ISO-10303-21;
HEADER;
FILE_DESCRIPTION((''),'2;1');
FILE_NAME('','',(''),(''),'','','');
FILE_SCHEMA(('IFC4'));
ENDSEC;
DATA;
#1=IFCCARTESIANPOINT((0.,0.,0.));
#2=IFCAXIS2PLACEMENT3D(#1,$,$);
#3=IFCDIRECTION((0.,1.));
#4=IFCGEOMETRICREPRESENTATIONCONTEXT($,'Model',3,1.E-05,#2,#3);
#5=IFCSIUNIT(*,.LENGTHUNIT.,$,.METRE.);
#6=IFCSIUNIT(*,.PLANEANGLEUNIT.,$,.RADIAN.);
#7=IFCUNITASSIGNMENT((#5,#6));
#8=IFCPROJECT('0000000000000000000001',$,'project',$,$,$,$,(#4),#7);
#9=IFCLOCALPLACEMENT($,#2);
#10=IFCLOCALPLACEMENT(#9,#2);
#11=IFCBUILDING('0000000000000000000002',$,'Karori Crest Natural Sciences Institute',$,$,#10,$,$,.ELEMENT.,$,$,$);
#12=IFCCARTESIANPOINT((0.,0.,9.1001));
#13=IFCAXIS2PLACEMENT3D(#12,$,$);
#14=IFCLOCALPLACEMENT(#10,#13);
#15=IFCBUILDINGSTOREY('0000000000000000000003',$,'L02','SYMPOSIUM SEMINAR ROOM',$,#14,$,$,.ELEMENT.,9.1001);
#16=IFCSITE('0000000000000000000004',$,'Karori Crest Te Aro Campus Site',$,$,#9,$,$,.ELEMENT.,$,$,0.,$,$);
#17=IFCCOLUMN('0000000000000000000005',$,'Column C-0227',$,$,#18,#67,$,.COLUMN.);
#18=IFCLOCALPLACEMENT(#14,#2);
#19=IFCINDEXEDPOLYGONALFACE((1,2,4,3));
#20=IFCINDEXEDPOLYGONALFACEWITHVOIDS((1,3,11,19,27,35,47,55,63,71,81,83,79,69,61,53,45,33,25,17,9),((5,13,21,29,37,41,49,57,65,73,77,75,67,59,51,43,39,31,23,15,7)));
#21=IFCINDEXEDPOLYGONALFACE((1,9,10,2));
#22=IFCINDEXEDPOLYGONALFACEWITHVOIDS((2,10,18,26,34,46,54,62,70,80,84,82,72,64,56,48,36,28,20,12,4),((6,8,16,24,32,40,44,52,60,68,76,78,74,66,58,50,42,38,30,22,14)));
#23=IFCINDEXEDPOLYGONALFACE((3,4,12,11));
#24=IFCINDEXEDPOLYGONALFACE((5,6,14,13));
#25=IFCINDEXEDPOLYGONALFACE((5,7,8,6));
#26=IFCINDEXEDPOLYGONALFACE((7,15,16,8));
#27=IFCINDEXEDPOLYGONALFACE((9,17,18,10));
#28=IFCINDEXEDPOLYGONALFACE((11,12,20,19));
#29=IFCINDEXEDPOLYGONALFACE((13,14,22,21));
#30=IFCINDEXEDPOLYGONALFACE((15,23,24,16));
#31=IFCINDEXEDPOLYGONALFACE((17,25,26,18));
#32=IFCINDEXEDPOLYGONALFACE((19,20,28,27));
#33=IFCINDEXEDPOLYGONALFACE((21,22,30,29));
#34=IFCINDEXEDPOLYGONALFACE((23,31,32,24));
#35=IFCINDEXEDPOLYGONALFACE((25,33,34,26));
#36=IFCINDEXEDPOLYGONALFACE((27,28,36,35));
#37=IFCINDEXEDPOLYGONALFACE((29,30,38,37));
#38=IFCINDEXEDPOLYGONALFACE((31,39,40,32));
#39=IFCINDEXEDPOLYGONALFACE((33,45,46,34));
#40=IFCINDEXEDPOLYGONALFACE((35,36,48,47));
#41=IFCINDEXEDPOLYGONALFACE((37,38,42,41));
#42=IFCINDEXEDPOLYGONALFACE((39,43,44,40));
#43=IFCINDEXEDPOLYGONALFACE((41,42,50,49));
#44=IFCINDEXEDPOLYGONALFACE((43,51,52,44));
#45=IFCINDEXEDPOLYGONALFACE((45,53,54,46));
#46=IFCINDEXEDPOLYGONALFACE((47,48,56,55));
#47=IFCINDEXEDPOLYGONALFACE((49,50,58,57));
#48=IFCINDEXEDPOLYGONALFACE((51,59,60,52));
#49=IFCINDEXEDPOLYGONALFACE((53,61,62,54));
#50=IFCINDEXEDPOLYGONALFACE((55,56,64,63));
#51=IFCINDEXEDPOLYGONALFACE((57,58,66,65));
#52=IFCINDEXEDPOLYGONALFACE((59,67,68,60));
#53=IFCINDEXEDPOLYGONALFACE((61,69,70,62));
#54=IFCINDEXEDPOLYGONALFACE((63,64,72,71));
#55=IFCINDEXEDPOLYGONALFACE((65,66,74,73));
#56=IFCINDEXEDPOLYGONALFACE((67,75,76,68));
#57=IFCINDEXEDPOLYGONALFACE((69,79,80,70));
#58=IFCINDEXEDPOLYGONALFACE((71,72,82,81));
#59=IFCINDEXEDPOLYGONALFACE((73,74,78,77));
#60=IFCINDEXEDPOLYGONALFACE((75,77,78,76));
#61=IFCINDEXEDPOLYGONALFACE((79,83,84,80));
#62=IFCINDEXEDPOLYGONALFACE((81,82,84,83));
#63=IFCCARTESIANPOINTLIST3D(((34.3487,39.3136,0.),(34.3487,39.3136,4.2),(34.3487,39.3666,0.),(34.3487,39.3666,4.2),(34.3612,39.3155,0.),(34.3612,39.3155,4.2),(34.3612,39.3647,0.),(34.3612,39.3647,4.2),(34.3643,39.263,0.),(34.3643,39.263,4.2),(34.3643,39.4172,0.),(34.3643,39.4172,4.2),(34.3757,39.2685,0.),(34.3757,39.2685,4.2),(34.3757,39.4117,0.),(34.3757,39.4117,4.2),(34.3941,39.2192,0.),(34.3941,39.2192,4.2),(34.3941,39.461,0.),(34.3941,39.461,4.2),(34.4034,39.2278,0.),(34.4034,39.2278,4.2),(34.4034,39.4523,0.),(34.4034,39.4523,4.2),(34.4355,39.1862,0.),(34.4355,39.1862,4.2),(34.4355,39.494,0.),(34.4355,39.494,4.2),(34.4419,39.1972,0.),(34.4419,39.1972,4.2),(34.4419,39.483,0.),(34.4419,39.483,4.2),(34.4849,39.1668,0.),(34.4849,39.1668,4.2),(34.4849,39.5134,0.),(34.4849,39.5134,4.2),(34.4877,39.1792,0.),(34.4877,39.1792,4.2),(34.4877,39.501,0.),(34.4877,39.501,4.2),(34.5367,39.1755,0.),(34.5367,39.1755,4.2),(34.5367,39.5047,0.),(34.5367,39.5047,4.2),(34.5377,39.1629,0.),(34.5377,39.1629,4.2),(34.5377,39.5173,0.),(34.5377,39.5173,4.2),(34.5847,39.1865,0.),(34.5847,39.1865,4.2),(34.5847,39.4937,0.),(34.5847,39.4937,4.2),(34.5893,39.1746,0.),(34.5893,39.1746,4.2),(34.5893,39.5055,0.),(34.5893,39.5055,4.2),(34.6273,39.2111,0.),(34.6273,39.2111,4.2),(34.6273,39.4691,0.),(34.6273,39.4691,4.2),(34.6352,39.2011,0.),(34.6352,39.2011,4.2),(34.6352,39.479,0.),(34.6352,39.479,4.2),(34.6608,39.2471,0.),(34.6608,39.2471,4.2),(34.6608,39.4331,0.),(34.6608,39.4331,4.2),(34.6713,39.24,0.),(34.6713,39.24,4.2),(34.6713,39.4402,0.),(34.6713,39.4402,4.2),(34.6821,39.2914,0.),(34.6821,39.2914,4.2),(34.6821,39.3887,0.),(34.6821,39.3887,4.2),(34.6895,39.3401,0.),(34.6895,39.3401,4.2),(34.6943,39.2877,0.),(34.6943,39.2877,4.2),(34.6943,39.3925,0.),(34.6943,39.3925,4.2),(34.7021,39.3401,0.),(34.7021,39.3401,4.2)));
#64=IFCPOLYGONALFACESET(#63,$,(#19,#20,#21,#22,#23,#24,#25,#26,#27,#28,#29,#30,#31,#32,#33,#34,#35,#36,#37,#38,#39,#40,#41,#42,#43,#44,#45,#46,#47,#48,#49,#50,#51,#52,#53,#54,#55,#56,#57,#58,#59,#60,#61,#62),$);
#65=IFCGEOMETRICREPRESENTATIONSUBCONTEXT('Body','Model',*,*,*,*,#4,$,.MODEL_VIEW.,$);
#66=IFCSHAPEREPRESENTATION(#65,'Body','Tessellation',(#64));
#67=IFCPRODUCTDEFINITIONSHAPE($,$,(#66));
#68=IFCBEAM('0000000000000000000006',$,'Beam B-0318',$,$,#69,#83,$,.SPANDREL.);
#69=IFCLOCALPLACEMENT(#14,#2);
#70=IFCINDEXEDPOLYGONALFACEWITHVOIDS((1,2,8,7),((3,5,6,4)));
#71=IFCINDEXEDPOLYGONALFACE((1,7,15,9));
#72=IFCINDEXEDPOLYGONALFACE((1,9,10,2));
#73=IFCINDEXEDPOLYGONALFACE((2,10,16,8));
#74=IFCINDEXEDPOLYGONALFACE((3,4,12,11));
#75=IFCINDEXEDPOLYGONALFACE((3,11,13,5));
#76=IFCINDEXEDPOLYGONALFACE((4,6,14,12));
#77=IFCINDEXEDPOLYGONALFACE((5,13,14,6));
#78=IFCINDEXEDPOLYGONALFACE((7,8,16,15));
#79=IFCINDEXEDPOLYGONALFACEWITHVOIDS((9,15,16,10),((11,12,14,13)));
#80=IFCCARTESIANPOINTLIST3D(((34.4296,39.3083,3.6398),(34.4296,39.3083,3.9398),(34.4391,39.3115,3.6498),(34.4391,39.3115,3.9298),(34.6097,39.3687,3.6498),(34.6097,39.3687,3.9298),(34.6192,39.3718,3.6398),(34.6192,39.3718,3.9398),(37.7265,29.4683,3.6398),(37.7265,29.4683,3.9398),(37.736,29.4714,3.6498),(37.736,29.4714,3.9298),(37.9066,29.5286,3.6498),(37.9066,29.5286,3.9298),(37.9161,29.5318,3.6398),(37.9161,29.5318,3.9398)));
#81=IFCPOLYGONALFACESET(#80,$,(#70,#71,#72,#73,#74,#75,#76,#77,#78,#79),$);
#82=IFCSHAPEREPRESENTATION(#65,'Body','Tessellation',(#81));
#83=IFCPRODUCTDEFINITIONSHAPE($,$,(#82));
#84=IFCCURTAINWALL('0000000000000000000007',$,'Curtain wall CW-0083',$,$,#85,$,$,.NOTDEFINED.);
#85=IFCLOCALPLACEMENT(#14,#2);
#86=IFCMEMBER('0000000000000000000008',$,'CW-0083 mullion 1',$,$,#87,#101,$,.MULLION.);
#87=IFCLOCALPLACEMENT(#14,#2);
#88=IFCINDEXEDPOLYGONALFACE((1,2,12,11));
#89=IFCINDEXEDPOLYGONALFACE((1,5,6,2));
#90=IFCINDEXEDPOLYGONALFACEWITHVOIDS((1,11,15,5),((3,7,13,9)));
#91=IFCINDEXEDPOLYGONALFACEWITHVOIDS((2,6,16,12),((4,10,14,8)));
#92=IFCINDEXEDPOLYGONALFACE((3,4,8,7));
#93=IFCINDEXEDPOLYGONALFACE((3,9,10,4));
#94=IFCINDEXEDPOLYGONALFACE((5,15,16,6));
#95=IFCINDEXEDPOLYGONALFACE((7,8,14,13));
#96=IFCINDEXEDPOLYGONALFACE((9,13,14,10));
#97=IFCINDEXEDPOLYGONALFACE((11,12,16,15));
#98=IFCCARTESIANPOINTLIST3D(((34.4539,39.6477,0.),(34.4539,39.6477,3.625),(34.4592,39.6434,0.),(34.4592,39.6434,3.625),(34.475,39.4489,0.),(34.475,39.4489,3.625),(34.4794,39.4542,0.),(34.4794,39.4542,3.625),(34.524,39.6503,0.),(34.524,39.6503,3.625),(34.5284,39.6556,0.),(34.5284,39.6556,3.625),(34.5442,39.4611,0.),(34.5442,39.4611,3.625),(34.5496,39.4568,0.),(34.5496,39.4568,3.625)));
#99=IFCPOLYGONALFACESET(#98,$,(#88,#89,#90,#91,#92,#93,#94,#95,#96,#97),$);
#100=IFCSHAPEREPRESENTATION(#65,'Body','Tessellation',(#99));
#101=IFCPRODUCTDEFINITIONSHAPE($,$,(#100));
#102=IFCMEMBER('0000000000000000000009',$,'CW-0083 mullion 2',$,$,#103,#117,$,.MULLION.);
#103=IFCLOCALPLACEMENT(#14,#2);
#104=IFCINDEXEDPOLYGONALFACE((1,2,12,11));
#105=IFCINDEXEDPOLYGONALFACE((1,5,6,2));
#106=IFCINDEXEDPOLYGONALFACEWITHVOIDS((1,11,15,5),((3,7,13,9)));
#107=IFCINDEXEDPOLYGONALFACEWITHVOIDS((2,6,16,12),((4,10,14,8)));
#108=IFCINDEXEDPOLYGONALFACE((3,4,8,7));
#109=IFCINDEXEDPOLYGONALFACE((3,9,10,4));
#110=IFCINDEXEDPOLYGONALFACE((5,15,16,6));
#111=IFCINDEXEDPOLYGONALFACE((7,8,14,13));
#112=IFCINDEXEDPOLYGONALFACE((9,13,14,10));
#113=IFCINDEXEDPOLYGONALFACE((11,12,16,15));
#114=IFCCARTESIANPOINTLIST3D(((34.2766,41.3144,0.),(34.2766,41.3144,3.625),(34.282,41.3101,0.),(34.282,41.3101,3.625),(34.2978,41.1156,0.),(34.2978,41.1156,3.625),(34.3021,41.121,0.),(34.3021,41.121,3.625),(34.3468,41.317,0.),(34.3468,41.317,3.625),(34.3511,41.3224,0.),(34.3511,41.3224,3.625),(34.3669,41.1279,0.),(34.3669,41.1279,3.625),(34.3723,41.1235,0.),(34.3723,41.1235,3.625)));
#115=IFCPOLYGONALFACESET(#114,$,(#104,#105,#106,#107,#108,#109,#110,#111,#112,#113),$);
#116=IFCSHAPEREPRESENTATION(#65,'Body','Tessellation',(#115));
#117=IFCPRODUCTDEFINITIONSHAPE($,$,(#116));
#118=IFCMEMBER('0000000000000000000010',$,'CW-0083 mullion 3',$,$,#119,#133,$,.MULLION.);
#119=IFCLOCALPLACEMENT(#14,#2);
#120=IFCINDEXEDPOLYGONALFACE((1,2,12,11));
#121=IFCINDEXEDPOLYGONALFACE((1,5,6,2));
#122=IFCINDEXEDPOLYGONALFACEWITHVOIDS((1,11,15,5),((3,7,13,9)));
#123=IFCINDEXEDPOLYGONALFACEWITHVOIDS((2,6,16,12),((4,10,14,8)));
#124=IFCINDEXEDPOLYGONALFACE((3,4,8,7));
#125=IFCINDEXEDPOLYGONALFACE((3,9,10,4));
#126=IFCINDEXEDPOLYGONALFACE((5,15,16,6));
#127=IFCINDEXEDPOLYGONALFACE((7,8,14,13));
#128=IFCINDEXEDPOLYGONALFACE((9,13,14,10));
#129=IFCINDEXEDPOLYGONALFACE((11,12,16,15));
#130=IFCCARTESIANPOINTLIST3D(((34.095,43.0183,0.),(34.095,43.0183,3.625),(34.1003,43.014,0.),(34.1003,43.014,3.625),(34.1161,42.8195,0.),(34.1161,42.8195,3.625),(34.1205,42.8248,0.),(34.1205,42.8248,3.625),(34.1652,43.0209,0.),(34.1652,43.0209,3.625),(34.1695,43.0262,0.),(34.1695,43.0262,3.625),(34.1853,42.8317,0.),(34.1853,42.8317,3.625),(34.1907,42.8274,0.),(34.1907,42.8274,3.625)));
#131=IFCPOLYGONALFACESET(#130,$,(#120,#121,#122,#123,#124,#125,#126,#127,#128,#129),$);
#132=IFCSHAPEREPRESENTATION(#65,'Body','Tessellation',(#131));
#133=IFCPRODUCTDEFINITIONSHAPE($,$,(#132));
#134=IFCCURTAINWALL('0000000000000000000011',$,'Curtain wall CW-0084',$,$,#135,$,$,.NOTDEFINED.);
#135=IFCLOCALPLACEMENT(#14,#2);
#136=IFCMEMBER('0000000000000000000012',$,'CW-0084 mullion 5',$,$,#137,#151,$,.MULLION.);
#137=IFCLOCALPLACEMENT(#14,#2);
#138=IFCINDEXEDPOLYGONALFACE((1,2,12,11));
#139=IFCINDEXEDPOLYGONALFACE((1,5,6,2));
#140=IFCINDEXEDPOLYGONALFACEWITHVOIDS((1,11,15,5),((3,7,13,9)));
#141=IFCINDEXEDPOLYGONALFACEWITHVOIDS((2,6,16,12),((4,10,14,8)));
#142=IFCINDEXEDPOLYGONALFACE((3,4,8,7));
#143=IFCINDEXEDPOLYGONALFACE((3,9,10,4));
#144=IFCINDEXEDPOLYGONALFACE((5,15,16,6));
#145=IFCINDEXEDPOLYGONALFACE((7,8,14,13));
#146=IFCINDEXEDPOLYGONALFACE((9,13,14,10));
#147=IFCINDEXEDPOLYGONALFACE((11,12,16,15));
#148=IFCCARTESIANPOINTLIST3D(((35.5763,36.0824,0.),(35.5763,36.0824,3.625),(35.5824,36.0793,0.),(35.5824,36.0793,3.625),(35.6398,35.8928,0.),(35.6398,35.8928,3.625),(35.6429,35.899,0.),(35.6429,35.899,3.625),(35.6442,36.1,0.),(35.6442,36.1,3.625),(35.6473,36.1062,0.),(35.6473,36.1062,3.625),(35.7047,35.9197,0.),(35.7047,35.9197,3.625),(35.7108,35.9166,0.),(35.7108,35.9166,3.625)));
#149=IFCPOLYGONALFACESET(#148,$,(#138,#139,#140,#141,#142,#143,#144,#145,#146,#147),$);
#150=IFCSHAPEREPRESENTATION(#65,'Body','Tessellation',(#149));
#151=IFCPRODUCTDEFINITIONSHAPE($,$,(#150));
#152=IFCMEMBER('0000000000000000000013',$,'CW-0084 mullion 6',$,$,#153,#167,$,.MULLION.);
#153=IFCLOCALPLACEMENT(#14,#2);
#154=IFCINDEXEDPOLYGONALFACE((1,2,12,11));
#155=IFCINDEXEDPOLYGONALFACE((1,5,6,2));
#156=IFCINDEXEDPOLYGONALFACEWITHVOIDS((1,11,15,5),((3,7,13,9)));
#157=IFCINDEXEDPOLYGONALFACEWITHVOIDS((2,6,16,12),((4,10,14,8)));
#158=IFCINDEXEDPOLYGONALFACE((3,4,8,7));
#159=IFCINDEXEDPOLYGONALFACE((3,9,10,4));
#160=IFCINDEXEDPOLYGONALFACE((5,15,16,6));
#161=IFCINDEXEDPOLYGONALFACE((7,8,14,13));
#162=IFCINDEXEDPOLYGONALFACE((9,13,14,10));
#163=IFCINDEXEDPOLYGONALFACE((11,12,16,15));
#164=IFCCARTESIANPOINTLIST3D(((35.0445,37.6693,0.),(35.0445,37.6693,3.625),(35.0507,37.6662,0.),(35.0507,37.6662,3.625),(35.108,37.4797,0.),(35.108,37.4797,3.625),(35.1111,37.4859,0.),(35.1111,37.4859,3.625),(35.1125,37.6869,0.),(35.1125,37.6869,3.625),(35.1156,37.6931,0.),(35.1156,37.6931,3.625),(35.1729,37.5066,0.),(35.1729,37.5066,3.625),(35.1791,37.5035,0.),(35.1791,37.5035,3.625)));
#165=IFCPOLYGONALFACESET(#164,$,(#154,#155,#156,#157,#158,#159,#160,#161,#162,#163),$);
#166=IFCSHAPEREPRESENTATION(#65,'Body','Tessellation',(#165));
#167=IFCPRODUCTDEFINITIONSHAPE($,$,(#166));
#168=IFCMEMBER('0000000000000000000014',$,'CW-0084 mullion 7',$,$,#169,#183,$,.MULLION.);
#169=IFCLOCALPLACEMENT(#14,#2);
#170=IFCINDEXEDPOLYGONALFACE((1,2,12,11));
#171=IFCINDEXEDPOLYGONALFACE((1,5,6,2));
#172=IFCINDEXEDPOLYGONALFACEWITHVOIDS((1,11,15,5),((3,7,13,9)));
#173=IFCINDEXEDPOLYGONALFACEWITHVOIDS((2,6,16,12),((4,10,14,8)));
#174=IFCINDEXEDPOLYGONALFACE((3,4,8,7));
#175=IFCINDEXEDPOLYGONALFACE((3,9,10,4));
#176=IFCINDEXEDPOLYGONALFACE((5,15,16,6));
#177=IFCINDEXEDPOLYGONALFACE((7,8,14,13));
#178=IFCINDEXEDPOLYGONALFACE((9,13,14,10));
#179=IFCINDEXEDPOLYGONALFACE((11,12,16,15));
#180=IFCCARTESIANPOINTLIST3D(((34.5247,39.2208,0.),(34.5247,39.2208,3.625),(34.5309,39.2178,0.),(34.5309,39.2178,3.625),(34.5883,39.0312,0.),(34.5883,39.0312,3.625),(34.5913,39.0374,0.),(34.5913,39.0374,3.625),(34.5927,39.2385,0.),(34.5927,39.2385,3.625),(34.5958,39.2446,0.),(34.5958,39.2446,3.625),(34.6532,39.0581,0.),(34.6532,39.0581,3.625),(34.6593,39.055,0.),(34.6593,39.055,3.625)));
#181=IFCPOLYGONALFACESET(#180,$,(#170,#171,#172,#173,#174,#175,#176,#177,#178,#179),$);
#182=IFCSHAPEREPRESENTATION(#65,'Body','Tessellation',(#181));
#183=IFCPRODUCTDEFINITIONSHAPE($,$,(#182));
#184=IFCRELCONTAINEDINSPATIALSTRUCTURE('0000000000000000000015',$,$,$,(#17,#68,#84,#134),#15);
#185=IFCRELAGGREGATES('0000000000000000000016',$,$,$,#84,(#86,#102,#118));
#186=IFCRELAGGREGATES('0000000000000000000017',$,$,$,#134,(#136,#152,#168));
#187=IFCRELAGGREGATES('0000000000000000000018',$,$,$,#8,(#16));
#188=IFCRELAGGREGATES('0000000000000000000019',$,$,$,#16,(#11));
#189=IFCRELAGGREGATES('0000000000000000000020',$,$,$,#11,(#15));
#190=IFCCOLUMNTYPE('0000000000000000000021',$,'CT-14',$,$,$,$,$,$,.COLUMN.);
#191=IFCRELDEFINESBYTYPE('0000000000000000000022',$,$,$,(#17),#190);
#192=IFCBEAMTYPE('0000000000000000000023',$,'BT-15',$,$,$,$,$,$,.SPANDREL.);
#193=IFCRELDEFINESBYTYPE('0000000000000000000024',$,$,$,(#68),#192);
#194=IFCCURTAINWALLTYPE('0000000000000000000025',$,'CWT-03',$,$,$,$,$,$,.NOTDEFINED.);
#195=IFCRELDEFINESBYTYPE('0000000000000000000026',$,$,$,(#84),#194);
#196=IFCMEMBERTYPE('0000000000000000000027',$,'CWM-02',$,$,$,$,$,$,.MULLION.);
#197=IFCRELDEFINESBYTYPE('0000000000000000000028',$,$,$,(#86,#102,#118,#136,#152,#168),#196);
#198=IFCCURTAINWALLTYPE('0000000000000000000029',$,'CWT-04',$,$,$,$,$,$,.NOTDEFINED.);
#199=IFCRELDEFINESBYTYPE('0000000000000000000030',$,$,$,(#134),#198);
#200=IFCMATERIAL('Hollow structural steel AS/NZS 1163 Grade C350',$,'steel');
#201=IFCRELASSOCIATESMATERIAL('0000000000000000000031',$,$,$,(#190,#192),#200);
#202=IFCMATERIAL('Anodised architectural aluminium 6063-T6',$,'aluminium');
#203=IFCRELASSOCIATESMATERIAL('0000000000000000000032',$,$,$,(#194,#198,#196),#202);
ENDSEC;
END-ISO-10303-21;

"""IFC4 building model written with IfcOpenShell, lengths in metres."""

from ifc_helpers import new_model, si_unit, direction, frame, origin, origin_2d, place, context, subcontext, project, spatial, hollow_rectangle, hollow_circle, extrude, material, material_profile, profile_set, type_object, element, aggregate, save


model = new_model("IFC4")

# Units and contexts
model_context = context("Model", 3, precision=1e-05, world=origin(), true_north=direction((0.0, 1.0)))
body_context = subcontext(model_context, "Body", "Model", "MODEL_VIEW")
ifc_project = project(units=[si_unit("LENGTHUNIT", "METRE"), si_unit("PLANEANGLEUNIT", "RADIAN")], contexts=[model_context])

# Site, building, storey
site_placement = place(None, origin())
site = spatial("IfcSite", under=ifc_project, at=site_placement, Name="Karori Crest Te Aro Campus Site", CompositionType="ELEMENT", RefElevation=0.0)
building_placement = place(site_placement, origin())
building = spatial("IfcBuilding", under=site, at=building_placement, Name="Karori Crest Natural Sciences Institute", CompositionType="ELEMENT")
storey_placement = place(building_placement, frame((0.0, 0.0, 9.1001)))
storey = spatial("IfcBuildingStorey", under=building, at=storey_placement, Name="L02", Description="SYMPOSIUM SEMINAR ROOM", CompositionType="ELEMENT", Elevation=9.1001)

# Column
ifc_material_1 = material(Name="Hollow structural steel AS/NZS 1163 Grade C350", Category="steel")
ifc_material_profile_1 = material_profile(ifc_material_1, hollow_circle(Radius=0.1777, WallThickness=0.0127, at=origin_2d()), Name="CHS355.6x12.7")
ifc_profile_set_1 = profile_set([ifc_material_profile_1], Name="Hollow structural steel AS/NZS 1163 Grade C350")
column_type = type_object("IfcColumnType", Name="CT-14", PredefinedType="COLUMN", material=ifc_profile_set_1)
column_placement = place(storey_placement, frame((34.5244, 39.3401, 0.0), z_axis=(0.0, 0.0, 1.0), x_axis=(1.0, 0.0, 0.0)))
element("IfcColumn", 1, at=column_placement, inside=storey, type_object=column_type, Name="Column C-0227", PredefinedType="COLUMN", context=body_context, shape_type="SweptSolid", body=[
    extrude(hollow_circle(Radius=0.1777, WallThickness=0.0127, at=origin_2d()), origin(), (0.0, 0.0, 1.0), 4.2),
])

# Beam
ifc_material_profile_2 = material_profile(ifc_material_1, hollow_rectangle(XDim=0.2, YDim=0.3, WallThickness=0.01, at=origin_2d()), Name="RHS300x200x10")
ifc_profile_set_2 = profile_set([ifc_material_profile_2], Name="Hollow structural steel AS/NZS 1163 Grade C350")
beam_type = type_object("IfcBeamType", Name="BT-15", PredefinedType="SPANDREL", material=ifc_profile_set_2)
beam_placement = place(storey_placement, frame((34.5244, 39.3401, 3.7898), z_axis=(0.317688, -0.948195, 0.0), x_axis=(0.948195, 0.317688, 0.0)))
element("IfcBeam", 2, at=beam_placement, inside=storey, type_object=beam_type, Name="Beam B-0318", PredefinedType="SPANDREL", context=body_context, shape_type="SweptSolid", body=[
    extrude(hollow_rectangle(XDim=0.2, YDim=0.3, WallThickness=0.01, at=origin_2d()), origin(), (0.0, 0.0, 1.0), 10.3777),
])

# Curtain walls, members
ifc_material_2 = material(Name="Anodised architectural aluminium 6063-T6", Category="aluminium")
curtain_wall_type_1 = type_object("IfcCurtainWallType", Name="CWT-03", PredefinedType="NOTDEFINED", material=ifc_material_2)
curtain_wall_1_placement = place(storey_placement, origin())
curtain_wall_1 = element("IfcCurtainWall", 3, at=curtain_wall_1_placement, inside=storey, type_object=curtain_wall_type_1, Name="Curtain wall CW-0083", PredefinedType="NOTDEFINED")
ifc_material_profile_3 = material_profile(ifc_material_2, hollow_rectangle(XDim=0.075, YDim=0.2, WallThickness=0.0049, at=origin_2d()), Name="CWM200x75x5")
ifc_profile_set_3 = profile_set([ifc_material_profile_3], Name="Anodised architectural aluminium 6063-T6")
member_type_1 = type_object("IfcMemberType", Name="CWM-02", PredefinedType="MULLION", material=ifc_profile_set_3)
member_1_placement = place(storey_placement, frame((34.5017, 39.5522, 0.0), z_axis=(0.0, 0.0, 1.0), x_axis=(-0.994379, -0.105882, 0.0)))
member_1 = element("IfcMember", 4, at=member_1_placement, type_object=member_type_1, Name="CW-0083 mullion 1", PredefinedType="MULLION", context=body_context, shape_type="SweptSolid", body=[
    extrude(hollow_rectangle(XDim=0.075, YDim=0.2, WallThickness=0.0049, at=origin_2d()), origin(), (0.0, 0.0, 1.0), 3.625),
])
member_2_placement = place(storey_placement, frame((34.3245, 41.219, 0.0), z_axis=(0.0, 0.0, 1.0), x_axis=(-0.994379, -0.105882, 0.0)))
member_2 = element("IfcMember", 5, at=member_2_placement, type_object=member_type_1, Name="CW-0083 mullion 2", PredefinedType="MULLION", context=body_context, shape_type="SweptSolid", body=[
    extrude(hollow_rectangle(XDim=0.075, YDim=0.2, WallThickness=0.0049, at=origin_2d()), origin(), (0.0, 0.0, 1.0), 3.625),
])
member_3_placement = place(storey_placement, frame((34.1428, 42.9229, 0.0), z_axis=(0.0, 0.0, 1.0), x_axis=(-0.994379, -0.105882, 0.0)))
member_3 = element("IfcMember", 6, at=member_3_placement, type_object=member_type_1, Name="CW-0083 mullion 3", PredefinedType="MULLION", context=body_context, shape_type="SweptSolid", body=[
    extrude(hollow_rectangle(XDim=0.075, YDim=0.2, WallThickness=0.0049, at=origin_2d()), origin(), (0.0, 0.0, 1.0), 3.625),
])
curtain_wall_type_2 = type_object("IfcCurtainWallType", Name="CWT-04", PredefinedType="NOTDEFINED", material=ifc_material_2)
curtain_wall_2_placement = place(storey_placement, origin())
curtain_wall_2 = element("IfcCurtainWall", 7, at=curtain_wall_2_placement, inside=storey, type_object=curtain_wall_type_2, Name="Curtain wall CW-0084", PredefinedType="NOTDEFINED")
member_4_placement = place(storey_placement, frame((35.6436, 35.9995, 0.0), z_axis=(0.0, 0.0, 1.0), x_axis=(-0.948196, -0.317685, 0.0)))
member_4 = element("IfcMember", 8, at=member_4_placement, type_object=member_type_1, Name="CW-0084 mullion 5", PredefinedType="MULLION", context=body_context, shape_type="SweptSolid", body=[
    extrude(hollow_rectangle(XDim=0.075, YDim=0.2, WallThickness=0.0049, at=origin_2d()), origin(), (0.0, 0.0, 1.0), 3.625),
])
member_5_placement = place(storey_placement, frame((35.1118, 37.5864, 0.0), z_axis=(0.0, 0.0, 1.0), x_axis=(-0.948196, -0.317685, 0.0)))
member_5 = element("IfcMember", 9, at=member_5_placement, type_object=member_type_1, Name="CW-0084 mullion 6", PredefinedType="MULLION", context=body_context, shape_type="SweptSolid", body=[
    extrude(hollow_rectangle(XDim=0.075, YDim=0.2, WallThickness=0.0049, at=origin_2d()), origin(), (0.0, 0.0, 1.0), 3.625),
])
member_6_placement = place(storey_placement, frame((34.592, 39.1379, 0.0), z_axis=(0.0, 0.0, 1.0), x_axis=(-0.948196, -0.317685, 0.0)))
member_6 = element("IfcMember", 10, at=member_6_placement, type_object=member_type_1, Name="CW-0084 mullion 7", PredefinedType="MULLION", context=body_context, shape_type="SweptSolid", body=[
    extrude(hollow_rectangle(XDim=0.075, YDim=0.2, WallThickness=0.0049, at=origin_2d()), origin(), (0.0, 0.0, 1.0), 3.625),
])

aggregate(curtain_wall_1, [member_1, member_2, member_3])
aggregate(curtain_wall_2, [member_4, member_5, member_6])

save(model, "model.ifc")
